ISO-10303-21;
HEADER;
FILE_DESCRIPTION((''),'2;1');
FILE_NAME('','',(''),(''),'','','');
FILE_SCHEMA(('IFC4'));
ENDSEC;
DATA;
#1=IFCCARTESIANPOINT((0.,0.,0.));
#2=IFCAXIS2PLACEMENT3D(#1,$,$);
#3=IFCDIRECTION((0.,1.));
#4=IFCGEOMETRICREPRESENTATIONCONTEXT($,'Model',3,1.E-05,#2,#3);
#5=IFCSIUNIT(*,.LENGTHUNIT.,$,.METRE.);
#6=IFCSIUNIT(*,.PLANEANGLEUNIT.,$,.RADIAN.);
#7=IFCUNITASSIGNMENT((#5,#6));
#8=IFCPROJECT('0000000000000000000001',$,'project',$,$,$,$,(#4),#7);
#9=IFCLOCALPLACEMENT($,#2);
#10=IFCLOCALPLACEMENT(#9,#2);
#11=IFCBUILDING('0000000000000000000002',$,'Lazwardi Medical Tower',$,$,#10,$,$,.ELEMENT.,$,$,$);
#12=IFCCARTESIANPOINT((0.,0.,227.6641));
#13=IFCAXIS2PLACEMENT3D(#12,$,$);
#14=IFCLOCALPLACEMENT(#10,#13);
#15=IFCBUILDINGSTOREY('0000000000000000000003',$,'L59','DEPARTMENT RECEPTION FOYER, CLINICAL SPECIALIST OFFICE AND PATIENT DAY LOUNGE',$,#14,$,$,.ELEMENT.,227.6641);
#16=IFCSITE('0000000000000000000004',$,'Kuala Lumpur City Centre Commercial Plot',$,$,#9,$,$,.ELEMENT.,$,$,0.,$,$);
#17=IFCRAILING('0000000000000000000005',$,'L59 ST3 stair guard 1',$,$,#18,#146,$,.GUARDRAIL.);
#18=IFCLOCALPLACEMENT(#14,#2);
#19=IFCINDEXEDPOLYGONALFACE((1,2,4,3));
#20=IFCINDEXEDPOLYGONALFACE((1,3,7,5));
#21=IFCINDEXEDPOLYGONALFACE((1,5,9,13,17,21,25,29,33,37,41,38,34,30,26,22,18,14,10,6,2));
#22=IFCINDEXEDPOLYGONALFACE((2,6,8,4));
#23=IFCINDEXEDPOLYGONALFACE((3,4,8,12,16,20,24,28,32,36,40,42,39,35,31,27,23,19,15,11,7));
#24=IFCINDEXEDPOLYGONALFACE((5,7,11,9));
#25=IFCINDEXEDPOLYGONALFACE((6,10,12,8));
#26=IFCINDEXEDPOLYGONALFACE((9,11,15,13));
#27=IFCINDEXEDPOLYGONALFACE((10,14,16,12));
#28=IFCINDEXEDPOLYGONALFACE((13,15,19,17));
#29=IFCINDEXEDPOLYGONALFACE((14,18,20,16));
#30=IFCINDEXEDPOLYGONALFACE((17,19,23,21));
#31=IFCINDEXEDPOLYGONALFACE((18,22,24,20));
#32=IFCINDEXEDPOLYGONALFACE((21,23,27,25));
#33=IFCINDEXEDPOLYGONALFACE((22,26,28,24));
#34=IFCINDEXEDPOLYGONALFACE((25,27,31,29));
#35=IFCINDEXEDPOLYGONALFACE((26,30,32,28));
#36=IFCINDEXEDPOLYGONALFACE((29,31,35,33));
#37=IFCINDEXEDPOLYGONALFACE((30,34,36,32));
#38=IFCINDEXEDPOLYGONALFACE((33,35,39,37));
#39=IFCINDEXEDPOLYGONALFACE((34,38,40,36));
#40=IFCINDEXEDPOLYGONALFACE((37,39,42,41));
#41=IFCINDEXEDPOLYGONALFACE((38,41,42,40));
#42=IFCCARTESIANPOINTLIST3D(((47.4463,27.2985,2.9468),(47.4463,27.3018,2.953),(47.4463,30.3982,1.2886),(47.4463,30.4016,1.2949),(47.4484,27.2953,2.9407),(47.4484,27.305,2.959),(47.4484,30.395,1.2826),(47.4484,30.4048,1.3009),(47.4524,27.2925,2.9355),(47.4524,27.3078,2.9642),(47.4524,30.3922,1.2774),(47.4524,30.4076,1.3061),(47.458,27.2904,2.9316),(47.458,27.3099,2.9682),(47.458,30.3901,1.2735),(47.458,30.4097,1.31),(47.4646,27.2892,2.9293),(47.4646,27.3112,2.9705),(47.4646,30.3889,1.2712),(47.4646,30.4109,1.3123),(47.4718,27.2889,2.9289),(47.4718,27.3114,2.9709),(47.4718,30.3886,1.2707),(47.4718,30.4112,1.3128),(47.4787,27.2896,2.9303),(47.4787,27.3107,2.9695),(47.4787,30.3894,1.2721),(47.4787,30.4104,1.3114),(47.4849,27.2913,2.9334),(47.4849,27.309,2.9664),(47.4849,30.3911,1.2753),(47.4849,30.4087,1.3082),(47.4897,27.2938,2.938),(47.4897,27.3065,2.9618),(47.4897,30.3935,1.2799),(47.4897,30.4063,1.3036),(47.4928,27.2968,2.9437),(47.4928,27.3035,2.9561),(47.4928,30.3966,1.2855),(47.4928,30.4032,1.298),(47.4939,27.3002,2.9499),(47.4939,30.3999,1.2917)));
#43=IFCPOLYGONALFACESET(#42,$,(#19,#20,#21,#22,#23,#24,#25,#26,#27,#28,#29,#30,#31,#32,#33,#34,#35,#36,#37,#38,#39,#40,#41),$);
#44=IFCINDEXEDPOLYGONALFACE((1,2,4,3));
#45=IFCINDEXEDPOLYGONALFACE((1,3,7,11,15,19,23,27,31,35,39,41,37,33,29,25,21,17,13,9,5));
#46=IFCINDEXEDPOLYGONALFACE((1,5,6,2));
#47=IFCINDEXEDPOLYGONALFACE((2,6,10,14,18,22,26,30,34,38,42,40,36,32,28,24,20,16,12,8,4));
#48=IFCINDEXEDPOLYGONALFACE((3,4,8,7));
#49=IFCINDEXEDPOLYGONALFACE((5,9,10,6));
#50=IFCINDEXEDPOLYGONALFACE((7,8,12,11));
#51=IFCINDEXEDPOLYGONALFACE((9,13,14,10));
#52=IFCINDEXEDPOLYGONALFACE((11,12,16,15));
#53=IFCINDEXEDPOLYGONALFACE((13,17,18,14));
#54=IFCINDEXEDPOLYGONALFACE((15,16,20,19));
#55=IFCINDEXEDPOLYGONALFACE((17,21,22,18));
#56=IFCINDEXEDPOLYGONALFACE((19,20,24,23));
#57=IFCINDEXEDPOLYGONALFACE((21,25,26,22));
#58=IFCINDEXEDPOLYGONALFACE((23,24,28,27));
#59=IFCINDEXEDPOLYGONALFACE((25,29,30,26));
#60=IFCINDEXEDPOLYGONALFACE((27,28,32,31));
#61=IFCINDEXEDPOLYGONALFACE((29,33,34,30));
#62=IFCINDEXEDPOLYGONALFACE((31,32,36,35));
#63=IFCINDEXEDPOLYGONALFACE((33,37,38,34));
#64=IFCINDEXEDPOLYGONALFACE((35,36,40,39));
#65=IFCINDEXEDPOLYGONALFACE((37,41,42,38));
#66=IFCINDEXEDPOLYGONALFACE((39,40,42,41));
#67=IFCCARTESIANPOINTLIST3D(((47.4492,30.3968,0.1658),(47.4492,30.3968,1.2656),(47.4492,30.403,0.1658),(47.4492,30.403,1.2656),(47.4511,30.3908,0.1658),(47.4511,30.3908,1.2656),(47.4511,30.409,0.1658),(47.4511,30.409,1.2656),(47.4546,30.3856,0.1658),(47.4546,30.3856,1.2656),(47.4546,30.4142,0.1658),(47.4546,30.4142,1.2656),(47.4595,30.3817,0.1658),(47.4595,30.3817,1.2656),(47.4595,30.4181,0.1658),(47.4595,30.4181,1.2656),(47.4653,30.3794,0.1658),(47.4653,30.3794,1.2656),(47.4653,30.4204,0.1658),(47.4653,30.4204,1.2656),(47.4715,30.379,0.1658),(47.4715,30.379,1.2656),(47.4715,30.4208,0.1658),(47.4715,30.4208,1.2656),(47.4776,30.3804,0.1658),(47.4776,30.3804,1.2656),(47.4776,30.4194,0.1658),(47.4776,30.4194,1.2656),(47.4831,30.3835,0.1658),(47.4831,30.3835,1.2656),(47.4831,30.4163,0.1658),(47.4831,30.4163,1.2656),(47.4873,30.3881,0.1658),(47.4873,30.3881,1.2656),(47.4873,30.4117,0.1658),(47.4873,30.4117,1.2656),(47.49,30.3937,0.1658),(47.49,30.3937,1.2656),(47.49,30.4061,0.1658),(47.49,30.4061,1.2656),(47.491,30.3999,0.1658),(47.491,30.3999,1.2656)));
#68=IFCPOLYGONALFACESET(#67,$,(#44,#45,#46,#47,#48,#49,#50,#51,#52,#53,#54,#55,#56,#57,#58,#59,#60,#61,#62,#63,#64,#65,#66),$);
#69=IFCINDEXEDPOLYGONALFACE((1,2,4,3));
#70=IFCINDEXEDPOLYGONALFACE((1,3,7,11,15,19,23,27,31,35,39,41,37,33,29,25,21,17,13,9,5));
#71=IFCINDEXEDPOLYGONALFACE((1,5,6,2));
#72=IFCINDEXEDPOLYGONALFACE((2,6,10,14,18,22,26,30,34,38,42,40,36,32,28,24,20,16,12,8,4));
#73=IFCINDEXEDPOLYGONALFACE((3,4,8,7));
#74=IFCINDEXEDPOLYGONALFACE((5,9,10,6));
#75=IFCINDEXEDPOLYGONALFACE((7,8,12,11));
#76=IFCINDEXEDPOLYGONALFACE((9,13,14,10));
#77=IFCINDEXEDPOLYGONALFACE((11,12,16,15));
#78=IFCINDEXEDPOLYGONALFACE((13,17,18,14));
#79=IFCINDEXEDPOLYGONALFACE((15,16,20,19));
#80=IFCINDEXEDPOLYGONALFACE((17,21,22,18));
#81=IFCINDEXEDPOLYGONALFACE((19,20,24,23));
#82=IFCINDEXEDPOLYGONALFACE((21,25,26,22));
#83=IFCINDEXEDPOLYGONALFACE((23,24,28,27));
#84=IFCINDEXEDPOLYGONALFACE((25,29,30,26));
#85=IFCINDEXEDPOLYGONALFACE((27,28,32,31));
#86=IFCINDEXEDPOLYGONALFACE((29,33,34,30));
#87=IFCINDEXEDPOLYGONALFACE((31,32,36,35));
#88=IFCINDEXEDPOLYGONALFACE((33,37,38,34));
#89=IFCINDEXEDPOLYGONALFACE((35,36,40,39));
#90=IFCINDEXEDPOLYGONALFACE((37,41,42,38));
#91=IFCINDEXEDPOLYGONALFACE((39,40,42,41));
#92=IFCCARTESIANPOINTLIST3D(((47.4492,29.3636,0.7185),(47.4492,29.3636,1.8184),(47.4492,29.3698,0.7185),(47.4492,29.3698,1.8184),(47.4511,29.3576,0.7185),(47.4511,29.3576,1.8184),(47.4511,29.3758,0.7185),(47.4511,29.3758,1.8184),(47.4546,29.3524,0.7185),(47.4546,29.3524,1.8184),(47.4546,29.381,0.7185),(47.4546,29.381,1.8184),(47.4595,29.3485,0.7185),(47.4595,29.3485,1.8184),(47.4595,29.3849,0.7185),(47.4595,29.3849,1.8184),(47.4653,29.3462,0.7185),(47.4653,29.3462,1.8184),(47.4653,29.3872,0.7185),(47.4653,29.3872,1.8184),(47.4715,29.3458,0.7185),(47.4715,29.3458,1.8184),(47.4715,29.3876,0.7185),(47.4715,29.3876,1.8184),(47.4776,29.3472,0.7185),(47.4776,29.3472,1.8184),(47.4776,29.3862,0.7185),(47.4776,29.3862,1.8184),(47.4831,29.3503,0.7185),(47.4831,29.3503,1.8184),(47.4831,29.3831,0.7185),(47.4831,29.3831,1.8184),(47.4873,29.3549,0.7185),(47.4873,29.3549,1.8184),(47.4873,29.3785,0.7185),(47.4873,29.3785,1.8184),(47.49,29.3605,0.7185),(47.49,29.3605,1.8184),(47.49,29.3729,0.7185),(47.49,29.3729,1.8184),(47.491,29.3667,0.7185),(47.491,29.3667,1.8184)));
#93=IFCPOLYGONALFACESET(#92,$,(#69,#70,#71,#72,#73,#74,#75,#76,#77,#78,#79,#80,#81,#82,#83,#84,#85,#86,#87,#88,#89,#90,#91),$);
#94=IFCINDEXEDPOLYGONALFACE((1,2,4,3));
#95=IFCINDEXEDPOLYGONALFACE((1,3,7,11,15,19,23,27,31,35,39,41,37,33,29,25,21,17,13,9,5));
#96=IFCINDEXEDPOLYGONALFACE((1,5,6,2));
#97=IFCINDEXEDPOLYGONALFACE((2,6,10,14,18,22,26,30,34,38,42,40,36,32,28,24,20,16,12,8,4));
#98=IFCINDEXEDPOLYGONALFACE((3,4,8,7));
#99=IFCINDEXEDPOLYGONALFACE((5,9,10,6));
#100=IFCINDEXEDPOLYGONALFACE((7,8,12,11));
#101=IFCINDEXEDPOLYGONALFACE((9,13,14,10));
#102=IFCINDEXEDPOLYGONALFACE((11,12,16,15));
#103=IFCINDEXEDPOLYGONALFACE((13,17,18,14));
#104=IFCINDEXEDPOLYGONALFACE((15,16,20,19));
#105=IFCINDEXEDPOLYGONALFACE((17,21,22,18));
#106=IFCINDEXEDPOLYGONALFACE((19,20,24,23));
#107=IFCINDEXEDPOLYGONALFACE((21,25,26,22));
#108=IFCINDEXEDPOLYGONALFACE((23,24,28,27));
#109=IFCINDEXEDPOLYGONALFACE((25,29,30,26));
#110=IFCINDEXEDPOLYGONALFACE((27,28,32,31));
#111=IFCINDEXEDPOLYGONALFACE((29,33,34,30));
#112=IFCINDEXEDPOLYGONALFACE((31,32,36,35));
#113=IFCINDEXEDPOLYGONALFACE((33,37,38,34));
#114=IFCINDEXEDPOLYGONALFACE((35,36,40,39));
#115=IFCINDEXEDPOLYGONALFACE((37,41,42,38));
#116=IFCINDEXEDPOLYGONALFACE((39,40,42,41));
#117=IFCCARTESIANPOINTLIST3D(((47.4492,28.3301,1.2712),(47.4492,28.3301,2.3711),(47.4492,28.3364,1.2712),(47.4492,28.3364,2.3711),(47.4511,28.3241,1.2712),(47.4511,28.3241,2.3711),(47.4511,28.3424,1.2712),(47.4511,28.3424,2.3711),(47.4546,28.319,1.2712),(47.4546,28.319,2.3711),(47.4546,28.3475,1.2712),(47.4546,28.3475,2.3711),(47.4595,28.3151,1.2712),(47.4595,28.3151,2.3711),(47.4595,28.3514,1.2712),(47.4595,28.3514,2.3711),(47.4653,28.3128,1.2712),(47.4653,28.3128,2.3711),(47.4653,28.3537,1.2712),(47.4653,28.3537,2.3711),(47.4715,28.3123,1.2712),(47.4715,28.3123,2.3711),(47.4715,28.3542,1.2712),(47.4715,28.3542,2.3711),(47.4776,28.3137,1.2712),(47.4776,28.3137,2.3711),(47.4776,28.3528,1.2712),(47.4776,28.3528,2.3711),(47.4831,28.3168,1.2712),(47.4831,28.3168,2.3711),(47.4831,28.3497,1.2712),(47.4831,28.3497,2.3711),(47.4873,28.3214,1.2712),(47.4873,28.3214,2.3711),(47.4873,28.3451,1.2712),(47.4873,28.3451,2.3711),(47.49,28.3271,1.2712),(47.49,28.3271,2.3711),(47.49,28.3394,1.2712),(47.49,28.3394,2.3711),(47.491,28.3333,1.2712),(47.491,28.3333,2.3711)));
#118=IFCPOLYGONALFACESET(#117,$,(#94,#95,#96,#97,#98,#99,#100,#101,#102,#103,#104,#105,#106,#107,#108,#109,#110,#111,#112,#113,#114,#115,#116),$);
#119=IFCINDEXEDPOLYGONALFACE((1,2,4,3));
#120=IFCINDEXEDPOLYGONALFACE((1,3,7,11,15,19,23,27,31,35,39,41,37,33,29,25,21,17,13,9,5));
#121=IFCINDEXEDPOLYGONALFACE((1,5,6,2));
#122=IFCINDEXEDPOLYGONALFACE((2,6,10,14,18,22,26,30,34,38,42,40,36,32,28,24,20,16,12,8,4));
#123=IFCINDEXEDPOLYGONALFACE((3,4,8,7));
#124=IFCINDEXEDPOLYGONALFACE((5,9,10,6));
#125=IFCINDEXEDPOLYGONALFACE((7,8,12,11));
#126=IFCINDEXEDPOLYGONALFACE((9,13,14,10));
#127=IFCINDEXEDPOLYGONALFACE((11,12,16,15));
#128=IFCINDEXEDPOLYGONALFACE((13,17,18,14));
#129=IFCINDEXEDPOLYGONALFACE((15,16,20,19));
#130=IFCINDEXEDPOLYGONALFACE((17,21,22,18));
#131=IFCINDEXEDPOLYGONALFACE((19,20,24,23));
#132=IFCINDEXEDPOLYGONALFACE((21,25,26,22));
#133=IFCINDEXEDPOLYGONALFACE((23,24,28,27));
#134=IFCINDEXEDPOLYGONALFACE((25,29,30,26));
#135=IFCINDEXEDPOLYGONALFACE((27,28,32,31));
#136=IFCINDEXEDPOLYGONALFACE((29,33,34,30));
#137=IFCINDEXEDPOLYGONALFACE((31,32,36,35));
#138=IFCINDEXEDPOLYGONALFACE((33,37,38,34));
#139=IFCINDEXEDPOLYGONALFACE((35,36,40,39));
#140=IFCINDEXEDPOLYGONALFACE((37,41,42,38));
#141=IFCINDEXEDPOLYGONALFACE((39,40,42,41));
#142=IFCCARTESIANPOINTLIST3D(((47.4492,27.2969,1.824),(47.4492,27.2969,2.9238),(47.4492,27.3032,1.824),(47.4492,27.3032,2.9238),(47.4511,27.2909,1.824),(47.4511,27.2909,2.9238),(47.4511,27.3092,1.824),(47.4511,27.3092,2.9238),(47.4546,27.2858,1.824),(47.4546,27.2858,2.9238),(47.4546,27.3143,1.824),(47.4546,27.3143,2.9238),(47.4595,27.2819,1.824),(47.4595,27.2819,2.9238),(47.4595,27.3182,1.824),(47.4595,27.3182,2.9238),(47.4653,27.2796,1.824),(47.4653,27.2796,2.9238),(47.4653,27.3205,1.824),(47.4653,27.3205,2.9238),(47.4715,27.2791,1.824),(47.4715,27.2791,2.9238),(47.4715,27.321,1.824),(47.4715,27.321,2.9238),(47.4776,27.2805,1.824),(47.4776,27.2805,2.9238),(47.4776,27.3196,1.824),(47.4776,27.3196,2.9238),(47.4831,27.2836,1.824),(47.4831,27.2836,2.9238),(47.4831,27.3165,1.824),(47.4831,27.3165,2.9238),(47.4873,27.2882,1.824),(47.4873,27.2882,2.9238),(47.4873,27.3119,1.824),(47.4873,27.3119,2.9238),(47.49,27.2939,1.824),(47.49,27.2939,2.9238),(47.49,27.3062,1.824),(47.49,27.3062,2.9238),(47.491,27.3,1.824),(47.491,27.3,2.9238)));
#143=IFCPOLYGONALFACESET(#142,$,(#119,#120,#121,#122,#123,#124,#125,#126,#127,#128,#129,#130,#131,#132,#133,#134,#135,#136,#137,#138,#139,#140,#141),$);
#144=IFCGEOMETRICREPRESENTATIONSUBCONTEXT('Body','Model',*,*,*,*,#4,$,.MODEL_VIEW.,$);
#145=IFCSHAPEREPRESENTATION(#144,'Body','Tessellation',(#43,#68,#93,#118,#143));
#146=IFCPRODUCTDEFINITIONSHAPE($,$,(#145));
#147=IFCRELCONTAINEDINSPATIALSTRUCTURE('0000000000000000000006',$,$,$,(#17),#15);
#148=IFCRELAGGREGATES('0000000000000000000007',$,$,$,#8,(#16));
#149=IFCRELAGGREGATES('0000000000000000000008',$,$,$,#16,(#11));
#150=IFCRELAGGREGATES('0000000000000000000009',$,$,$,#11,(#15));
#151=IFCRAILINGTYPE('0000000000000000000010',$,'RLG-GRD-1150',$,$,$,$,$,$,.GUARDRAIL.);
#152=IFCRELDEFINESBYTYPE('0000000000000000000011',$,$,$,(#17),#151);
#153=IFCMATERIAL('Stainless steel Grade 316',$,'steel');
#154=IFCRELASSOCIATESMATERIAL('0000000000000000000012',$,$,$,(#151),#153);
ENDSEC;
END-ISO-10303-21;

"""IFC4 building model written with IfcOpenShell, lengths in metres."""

from ifc_helpers import new_model, si_unit, direction, frame, origin, origin_2d, place, context, subcontext, project, spatial, circle, extrude, material, type_object, element, save


model = new_model("IFC4")

# Units and contexts
model_context = context("Model", 3, precision=1e-05, world=origin(), true_north=direction((0.0, 1.0)))
body_context = subcontext(model_context, "Body", "Model", "MODEL_VIEW")
ifc_project = project(units=[si_unit("LENGTHUNIT", "METRE"), si_unit("PLANEANGLEUNIT", "RADIAN")], contexts=[model_context])

# Site, building, storey
site_placement = place(None, origin())
site = spatial("IfcSite", under=ifc_project, at=site_placement, Name="Kuala Lumpur City Centre Commercial Plot", CompositionType="ELEMENT", RefElevation=0.0)
building_placement = place(site_placement, origin())
building = spatial("IfcBuilding", under=site, at=building_placement, Name="Lazwardi Medical Tower", CompositionType="ELEMENT")
storey_placement = place(building_placement, frame((0.0, 0.0, 227.6641)))
storey = spatial("IfcBuildingStorey", under=building, at=storey_placement, Name="L59", Description="DEPARTMENT RECEPTION FOYER, CLINICAL SPECIALIST OFFICE AND PATIENT DAY LOUNGE", CompositionType="ELEMENT", Elevation=227.6641)

# Railing
ifc_material_1 = material(Name="Stainless steel Grade 316", Category="steel")
railing_type = type_object("IfcRailingType", Name="RLG-GRD-1150", PredefinedType="GUARDRAIL", material=ifc_material_1)
railing_1_placement = place(storey_placement, frame((47.47, 30.3999, 0.1658)))
element("IfcRailing", 1, at=railing_1_placement, inside=storey, type_object=railing_type, Name="L59 ST3 stair guard 1", PredefinedType="GUARDRAIL", context=body_context, shape_type="SweptSolid", body=[
    extrude(circle(Radius=0.0239, at=origin_2d()), frame((0.0, 0.0, 1.126), z_axis=(0.0, -0.881768, 0.471684), x_axis=(1.0, 0.0, 0.0)), (0.0, 0.0, 1.0), 3.5154),
    extrude(circle(Radius=0.021, at=origin_2d()), origin(), (0.0, 0.0, 1.0), 1.0999),
    extrude(circle(Radius=0.021, at=origin_2d()), frame((0.0, -1.0332, 0.5527)), (0.0, 0.0, 1.0), 1.0999),
    extrude(circle(Radius=0.021, at=origin_2d()), frame((0.0, -2.0667, 1.1055)), (0.0, 0.0, 1.0), 1.0999),
    extrude(circle(Radius=0.021, at=origin_2d()), frame((0.0, -3.0999, 1.6582)), (0.0, 0.0, 1.0), 1.0999),
])

save(model, "model.ifc")
